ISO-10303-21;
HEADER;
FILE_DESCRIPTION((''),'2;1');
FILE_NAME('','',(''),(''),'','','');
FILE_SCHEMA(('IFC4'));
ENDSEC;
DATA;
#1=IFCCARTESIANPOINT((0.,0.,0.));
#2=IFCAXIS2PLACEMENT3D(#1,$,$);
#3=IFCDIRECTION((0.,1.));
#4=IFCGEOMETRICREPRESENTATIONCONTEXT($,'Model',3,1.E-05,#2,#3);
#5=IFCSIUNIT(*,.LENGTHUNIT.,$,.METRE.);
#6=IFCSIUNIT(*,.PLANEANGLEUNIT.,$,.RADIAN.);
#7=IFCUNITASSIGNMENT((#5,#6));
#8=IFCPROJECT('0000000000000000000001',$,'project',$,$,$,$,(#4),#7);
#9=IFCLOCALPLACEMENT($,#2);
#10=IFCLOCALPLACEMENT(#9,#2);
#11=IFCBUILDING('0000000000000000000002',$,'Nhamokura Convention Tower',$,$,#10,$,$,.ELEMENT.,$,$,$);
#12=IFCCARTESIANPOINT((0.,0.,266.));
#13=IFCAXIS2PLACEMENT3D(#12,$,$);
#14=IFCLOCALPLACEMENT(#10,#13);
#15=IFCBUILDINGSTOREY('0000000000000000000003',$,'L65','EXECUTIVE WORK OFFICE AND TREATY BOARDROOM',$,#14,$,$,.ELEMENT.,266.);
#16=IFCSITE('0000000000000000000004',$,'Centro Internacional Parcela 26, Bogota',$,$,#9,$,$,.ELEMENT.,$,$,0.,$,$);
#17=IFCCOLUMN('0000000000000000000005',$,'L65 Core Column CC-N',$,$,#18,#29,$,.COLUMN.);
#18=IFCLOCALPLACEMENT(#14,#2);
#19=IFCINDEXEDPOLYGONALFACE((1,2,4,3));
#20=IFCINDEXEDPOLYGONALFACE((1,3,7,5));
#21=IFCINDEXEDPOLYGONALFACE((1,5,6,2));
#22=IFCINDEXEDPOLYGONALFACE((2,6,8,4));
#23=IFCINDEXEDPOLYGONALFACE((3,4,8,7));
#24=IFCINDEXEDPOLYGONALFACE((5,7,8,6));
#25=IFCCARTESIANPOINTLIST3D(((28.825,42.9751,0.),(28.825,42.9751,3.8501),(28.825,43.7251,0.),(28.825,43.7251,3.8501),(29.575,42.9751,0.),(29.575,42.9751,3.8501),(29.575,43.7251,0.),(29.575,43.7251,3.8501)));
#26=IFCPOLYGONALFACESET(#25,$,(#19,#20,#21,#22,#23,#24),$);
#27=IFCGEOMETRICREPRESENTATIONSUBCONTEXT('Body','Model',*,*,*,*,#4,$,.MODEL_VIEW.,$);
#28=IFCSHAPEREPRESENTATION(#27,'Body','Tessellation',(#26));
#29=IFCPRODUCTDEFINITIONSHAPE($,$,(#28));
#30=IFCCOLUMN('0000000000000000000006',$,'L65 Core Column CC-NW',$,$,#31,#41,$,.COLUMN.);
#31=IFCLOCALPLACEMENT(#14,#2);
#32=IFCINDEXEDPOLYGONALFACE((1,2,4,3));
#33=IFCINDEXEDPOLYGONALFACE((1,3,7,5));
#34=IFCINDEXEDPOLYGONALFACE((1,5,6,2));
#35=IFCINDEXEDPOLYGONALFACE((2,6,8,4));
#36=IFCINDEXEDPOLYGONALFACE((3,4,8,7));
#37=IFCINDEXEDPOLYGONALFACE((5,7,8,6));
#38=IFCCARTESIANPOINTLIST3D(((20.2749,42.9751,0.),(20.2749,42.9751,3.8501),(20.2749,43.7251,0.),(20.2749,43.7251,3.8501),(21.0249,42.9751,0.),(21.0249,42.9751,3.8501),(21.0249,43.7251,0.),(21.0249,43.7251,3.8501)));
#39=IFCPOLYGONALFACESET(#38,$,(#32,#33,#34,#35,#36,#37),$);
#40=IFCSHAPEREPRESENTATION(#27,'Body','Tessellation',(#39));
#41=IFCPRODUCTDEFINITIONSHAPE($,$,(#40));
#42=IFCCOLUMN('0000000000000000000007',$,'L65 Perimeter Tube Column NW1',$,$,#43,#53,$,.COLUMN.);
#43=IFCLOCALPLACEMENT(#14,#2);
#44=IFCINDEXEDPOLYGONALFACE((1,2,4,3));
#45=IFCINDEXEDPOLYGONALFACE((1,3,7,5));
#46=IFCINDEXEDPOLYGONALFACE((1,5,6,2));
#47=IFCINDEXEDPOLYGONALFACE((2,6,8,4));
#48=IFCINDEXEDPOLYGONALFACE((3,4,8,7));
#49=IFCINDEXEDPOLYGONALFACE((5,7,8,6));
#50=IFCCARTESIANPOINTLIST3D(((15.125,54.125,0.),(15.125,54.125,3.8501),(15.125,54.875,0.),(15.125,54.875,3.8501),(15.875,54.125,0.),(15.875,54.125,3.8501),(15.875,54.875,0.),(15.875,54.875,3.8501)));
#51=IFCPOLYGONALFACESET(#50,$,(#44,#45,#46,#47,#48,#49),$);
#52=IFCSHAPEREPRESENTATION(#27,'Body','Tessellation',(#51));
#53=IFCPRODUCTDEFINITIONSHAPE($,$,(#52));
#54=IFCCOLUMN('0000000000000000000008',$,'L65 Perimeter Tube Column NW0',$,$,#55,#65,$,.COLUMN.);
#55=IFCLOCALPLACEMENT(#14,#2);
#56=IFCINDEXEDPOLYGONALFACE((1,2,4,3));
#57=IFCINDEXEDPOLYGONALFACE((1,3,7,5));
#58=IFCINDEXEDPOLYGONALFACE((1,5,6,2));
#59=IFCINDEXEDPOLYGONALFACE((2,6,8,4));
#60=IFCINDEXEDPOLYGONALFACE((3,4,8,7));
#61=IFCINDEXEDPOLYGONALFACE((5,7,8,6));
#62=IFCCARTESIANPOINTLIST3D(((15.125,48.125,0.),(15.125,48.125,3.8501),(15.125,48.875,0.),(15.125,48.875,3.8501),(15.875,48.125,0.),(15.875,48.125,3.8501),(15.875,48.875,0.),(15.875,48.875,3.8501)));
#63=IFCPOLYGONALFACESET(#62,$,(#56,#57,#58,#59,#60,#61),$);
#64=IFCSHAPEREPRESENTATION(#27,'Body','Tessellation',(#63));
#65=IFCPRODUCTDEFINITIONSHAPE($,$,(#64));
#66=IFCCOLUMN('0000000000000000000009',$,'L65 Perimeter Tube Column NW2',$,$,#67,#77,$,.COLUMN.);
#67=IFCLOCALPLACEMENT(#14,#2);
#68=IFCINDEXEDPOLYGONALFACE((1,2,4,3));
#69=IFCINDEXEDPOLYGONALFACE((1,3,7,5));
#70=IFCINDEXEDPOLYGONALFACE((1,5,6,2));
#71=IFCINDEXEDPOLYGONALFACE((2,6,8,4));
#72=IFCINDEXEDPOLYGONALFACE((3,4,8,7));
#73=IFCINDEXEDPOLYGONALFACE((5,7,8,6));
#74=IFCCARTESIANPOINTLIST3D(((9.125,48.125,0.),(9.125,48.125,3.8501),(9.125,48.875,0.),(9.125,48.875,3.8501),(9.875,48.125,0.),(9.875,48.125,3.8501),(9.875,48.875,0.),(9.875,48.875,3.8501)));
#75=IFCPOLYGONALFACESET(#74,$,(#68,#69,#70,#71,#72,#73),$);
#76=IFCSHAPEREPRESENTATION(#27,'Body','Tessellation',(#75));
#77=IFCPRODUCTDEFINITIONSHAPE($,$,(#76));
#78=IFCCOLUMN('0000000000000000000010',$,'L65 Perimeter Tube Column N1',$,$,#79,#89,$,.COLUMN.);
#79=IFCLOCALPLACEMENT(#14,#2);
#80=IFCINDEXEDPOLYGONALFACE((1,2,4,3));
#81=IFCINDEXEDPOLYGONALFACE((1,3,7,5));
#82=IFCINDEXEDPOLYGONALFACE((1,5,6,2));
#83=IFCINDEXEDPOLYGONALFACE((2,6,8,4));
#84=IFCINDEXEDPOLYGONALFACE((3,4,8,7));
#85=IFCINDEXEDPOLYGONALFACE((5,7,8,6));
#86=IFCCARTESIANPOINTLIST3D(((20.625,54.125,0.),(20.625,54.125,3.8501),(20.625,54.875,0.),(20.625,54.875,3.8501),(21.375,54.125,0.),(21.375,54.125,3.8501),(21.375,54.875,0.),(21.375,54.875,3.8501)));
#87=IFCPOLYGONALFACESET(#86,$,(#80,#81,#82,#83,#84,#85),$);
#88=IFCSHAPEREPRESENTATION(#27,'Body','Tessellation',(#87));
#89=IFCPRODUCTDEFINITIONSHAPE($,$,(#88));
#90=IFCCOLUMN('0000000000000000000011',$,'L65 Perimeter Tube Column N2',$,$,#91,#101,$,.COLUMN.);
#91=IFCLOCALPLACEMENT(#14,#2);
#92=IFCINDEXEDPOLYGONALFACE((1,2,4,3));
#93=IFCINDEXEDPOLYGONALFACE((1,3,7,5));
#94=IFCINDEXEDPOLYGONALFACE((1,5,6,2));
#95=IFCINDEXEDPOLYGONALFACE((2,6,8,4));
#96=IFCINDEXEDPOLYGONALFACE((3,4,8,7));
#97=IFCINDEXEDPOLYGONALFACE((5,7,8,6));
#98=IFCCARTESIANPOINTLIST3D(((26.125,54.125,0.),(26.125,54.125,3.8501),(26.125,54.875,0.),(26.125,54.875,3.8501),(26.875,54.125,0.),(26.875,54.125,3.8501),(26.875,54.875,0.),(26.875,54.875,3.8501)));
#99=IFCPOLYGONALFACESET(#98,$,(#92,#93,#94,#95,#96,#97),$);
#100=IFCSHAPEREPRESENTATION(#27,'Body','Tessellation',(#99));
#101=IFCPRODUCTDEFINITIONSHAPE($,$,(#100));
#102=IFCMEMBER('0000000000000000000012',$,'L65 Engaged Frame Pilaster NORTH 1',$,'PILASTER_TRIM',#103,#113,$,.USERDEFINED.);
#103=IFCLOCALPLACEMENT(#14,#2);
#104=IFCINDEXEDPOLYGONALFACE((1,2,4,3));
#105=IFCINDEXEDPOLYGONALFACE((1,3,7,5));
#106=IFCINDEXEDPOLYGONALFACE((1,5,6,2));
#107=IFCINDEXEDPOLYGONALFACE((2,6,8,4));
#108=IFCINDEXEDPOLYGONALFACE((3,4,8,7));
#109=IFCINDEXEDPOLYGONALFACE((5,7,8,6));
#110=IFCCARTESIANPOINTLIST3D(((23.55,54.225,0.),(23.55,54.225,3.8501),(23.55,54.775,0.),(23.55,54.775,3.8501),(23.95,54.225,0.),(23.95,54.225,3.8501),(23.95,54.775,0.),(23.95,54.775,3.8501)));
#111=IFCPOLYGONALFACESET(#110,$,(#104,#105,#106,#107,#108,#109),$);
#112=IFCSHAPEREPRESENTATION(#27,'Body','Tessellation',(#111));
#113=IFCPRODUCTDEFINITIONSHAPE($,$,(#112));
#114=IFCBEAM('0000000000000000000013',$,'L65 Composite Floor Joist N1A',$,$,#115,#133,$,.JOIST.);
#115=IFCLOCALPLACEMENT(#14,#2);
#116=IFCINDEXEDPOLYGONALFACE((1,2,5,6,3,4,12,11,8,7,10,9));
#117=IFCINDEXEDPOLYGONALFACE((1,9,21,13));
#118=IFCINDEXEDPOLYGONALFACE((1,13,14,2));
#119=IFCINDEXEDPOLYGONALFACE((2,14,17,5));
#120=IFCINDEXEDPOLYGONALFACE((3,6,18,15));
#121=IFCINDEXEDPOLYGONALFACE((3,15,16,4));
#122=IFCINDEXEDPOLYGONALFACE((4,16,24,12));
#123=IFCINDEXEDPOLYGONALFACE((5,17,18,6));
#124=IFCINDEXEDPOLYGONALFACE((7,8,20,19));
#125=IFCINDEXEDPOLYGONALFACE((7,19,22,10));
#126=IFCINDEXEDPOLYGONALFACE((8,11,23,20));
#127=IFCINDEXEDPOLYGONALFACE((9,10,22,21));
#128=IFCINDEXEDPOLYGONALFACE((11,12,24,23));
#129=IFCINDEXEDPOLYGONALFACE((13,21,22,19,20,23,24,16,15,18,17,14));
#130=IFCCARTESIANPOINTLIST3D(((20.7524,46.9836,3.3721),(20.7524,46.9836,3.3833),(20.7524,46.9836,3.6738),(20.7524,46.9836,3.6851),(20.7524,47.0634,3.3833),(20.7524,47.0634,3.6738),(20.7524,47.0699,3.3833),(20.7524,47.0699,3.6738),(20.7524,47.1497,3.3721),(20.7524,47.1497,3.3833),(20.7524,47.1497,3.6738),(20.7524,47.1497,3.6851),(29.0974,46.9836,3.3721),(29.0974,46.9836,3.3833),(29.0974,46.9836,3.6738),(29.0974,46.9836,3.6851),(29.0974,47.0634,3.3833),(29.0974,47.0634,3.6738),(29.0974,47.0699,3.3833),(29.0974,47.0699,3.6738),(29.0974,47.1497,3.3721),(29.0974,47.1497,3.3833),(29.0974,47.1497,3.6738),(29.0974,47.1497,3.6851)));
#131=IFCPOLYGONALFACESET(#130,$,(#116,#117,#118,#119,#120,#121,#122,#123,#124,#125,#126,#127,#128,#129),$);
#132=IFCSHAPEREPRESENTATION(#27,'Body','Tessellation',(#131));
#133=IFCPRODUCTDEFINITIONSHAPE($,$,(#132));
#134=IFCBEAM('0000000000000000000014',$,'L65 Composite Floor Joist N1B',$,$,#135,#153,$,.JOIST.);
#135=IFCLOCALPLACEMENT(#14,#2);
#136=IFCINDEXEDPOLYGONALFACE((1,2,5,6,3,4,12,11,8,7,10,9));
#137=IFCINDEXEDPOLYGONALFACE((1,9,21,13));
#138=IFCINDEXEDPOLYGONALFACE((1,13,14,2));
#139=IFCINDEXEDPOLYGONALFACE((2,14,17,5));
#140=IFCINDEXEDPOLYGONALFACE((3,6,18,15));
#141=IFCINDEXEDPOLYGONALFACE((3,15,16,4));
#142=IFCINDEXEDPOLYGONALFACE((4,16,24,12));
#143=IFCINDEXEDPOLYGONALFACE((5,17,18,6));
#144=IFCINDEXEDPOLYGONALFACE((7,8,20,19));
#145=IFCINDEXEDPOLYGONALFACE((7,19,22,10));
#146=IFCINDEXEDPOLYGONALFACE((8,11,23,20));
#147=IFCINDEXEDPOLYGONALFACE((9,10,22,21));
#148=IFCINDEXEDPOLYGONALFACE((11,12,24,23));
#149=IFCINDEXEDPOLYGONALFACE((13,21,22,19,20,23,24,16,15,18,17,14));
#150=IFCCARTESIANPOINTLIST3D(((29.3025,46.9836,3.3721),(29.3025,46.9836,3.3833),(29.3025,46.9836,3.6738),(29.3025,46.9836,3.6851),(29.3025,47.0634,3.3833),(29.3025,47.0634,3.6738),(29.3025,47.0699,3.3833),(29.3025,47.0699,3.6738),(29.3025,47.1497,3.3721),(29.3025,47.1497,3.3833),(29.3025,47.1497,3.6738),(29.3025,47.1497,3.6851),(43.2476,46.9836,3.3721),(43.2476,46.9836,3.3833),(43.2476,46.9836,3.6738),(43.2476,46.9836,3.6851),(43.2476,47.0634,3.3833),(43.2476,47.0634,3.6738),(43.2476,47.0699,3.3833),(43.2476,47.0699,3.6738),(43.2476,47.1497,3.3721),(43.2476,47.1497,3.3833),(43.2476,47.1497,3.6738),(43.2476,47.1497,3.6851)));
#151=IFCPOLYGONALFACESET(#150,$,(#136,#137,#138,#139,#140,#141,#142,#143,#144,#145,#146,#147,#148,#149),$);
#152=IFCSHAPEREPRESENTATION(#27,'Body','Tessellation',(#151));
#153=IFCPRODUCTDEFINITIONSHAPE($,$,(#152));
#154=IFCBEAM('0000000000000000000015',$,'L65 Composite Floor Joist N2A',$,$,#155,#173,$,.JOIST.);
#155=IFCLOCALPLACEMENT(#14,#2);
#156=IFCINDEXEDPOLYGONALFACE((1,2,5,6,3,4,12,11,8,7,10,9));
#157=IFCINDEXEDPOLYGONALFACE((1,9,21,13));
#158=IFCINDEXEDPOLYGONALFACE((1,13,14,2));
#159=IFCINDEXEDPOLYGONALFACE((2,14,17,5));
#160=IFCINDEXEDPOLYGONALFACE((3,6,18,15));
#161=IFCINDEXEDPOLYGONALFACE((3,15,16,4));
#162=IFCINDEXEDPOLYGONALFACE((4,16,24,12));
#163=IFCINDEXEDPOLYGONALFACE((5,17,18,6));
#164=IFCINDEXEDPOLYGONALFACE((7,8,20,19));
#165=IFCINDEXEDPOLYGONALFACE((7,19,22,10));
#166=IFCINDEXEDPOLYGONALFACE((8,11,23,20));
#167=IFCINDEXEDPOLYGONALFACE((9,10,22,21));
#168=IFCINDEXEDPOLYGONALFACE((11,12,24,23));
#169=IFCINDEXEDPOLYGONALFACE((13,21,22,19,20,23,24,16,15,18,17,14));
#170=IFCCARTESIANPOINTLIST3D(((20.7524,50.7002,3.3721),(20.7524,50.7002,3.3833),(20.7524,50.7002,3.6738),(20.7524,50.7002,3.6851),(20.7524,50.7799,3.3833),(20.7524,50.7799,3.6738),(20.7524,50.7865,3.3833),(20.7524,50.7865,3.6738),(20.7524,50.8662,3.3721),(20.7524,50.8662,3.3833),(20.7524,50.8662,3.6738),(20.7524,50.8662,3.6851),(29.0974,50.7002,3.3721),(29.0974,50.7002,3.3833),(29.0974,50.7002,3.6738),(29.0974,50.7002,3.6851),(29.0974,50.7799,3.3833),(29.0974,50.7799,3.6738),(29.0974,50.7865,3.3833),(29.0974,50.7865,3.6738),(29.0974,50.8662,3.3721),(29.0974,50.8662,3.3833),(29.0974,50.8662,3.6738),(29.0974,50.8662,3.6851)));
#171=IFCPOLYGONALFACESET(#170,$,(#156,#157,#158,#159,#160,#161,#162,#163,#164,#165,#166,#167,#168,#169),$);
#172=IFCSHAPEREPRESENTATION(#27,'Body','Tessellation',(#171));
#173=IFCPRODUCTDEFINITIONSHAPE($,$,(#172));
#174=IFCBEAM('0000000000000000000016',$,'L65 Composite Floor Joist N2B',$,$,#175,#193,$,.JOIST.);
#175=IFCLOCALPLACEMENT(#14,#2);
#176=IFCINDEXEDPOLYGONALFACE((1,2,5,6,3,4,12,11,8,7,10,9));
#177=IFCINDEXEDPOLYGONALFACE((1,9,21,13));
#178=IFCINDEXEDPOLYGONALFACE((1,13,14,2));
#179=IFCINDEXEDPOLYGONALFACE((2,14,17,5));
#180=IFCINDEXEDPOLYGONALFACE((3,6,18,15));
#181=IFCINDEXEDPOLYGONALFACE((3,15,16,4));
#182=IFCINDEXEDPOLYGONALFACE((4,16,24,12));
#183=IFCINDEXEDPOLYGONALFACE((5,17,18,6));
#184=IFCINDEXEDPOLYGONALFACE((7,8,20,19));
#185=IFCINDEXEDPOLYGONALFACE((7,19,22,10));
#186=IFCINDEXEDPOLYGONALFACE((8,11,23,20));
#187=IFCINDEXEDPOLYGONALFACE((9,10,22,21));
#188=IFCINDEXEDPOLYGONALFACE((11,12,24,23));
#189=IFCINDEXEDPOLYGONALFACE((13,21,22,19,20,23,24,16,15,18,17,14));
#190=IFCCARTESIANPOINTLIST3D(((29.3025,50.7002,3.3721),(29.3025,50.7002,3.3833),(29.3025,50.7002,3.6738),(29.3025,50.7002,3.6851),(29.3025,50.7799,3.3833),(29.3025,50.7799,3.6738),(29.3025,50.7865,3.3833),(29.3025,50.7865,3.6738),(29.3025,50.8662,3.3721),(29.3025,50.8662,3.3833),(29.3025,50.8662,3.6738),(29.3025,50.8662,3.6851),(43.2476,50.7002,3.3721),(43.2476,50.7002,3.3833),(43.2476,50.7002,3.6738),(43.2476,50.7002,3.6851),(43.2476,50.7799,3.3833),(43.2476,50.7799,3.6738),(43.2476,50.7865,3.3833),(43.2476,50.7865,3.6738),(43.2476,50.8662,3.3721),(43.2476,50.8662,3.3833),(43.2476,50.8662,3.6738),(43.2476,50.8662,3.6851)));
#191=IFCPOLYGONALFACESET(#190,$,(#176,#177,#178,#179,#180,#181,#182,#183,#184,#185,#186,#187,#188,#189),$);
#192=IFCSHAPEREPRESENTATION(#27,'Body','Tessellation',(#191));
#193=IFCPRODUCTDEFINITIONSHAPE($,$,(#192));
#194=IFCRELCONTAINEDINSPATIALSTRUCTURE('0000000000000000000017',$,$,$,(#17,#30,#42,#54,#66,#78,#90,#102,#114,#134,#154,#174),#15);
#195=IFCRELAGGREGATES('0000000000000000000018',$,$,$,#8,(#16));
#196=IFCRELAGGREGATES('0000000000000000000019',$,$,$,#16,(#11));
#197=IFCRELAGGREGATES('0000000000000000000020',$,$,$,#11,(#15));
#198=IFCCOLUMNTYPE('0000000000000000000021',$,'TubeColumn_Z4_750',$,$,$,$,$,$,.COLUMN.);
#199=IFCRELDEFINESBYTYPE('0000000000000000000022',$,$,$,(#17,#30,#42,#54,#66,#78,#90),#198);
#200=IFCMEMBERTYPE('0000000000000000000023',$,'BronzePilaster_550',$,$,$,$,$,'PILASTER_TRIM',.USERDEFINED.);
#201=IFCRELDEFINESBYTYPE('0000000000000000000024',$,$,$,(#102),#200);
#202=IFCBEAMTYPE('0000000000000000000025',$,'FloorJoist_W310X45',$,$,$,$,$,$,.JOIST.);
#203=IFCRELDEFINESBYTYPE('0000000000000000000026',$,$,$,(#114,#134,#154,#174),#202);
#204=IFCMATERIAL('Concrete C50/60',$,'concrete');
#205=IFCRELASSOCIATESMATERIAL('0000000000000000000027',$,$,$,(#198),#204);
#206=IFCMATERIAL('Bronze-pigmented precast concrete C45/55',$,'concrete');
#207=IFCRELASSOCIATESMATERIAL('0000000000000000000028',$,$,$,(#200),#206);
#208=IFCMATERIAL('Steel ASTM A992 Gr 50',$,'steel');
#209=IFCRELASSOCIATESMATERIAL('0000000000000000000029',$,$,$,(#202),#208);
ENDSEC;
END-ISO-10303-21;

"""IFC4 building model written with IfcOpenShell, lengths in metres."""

from ifc_helpers import new_model, si_unit, direction, frame, origin, origin_2d, place, context, subcontext, project, spatial, rectangle, i_section, extrude, material, material_profile, profile_set, type_object, element, save


model = new_model("IFC4")

# Units and contexts
model_context = context("Model", 3, precision=1e-05, world=origin(), true_north=direction((0.0, 1.0)))
body_context = subcontext(model_context, "Body", "Model", "MODEL_VIEW")
ifc_project = project(units=[si_unit("LENGTHUNIT", "METRE"), si_unit("PLANEANGLEUNIT", "RADIAN")], contexts=[model_context])

# Site, building, storey
site_placement = place(None, origin())
site = spatial("IfcSite", under=ifc_project, at=site_placement, Name="Centro Internacional Parcela 26, Bogota", CompositionType="ELEMENT", RefElevation=0.0)
building_placement = place(site_placement, origin())
building = spatial("IfcBuilding", under=site, at=building_placement, Name="Nhamokura Convention Tower", CompositionType="ELEMENT")
storey_placement = place(building_placement, frame((0.0, 0.0, 266.0)))
storey = spatial("IfcBuildingStorey", under=building, at=storey_placement, Name="L65", Description="EXECUTIVE WORK OFFICE AND TREATY BOARDROOM", CompositionType="ELEMENT", Elevation=266.0)

# Columns
ifc_material_1 = material(Name="Concrete C50/60", Category="concrete")
ifc_material_profile_1 = material_profile(ifc_material_1, rectangle(XDim=0.75, YDim=0.75, at=origin_2d()))
ifc_profile_set_1 = profile_set([ifc_material_profile_1], Name="Concrete C50/60")
column_type = type_object("IfcColumnType", Name="TubeColumn_Z4_750", PredefinedType="COLUMN", material=ifc_profile_set_1)
for number, where, z_axis, x_axis, name in (
    (1, (29.2, 43.3501, 0.0), (0.0, 0.0, 1.0), (1.0, 0.0, 0.0), "L65 Core Column CC-N"),
    (2, (20.6499, 43.3501, 0.0), (0.0, 0.0, 1.0), (1.0, 0.0, 0.0), "L65 Core Column CC-NW"),
    (3, (15.5, 54.5, 0.0), (0.0, 0.0, 1.0), (1.0, 0.0, 0.0), "L65 Perimeter Tube Column NW1"),
    (4, (15.5, 48.5, 0.0), (0.0, 0.0, 1.0), (1.0, 0.0, 0.0), "L65 Perimeter Tube Column NW0"),
    (5, (9.5, 48.5, 0.0), (0.0, 0.0, 1.0), (1.0, 0.0, 0.0), "L65 Perimeter Tube Column NW2"),
    (6, (21.0, 54.5, 0.0), (0.0, 0.0, 1.0), (1.0, 0.0, 0.0), "L65 Perimeter Tube Column N1"),
    (7, (26.5, 54.5, 0.0), (0.0, 0.0, 1.0), (1.0, 0.0, 0.0), "L65 Perimeter Tube Column N2"),
):
    element("IfcColumn", number, at=place(storey_placement, frame(where, z_axis=z_axis, x_axis=x_axis)), inside=storey, type_object=column_type, Name=name, PredefinedType="COLUMN", context=body_context, shape_type="SweptSolid", body=[
        extrude(rectangle(XDim=0.75, YDim=0.75, at=origin_2d()), origin(), (0.0, 0.0, 1.0), 3.8501),
    ])

# Member
ifc_material_2 = material(Name="Bronze-pigmented precast concrete C45/55", Category="concrete")
ifc_material_profile_2 = material_profile(ifc_material_2, rectangle(XDim=0.3999, YDim=0.55, at=origin_2d()))
ifc_profile_set_2 = profile_set([ifc_material_profile_2], Name="Bronze-pigmented precast concrete C45/55")
member_type_1 = type_object("IfcMemberType", Name="BronzePilaster_550", ElementType="PILASTER_TRIM", PredefinedType="USERDEFINED", material=ifc_profile_set_2)
member_placement = place(storey_placement, frame((23.75, 54.5, 0.0), z_axis=(0.0, 0.0, 1.0), x_axis=(1.0, 0.0, 0.0)))
element("IfcMember", 8, at=member_placement, inside=storey, type_object=member_type_1, Name="L65 Engaged Frame Pilaster NORTH 1", ObjectType="PILASTER_TRIM", PredefinedType="USERDEFINED", context=body_context, shape_type="SweptSolid", body=[
    extrude(rectangle(XDim=0.3999, YDim=0.55, at=origin_2d()), origin(), (0.0, 0.0, 1.0), 3.8501),
])

# Beams
ifc_material_3 = material(Name="Steel ASTM A992 Gr 50", Category="steel")
ifc_material_profile_3 = material_profile(ifc_material_3, i_section(OverallWidth=0.166, OverallDepth=0.313, WebThickness=0.0066, FlangeThickness=0.0112, at=origin_2d()))
ifc_profile_set_3 = profile_set([ifc_material_profile_3], Name="Steel ASTM A992 Gr 50")
beam_type_1 = type_object("IfcBeamType", Name="FloorJoist_W310X45", PredefinedType="JOIST", material=ifc_profile_set_3)
beam_1_placement = place(storey_placement, frame((20.7524, 47.0667, 3.5286), z_axis=(1.0, 0.0, 0.0), x_axis=(0.0, 1.0, 0.0)))
element("IfcBeam", 9, at=beam_1_placement, inside=storey, type_object=beam_type_1, Name="L65 Composite Floor Joist N1A", PredefinedType="JOIST", context=body_context, shape_type="SweptSolid", body=[
    extrude(i_section(OverallWidth=0.166, OverallDepth=0.313, WebThickness=0.0066, FlangeThickness=0.0112, at=origin_2d()), origin(), (0.0, 0.0, 1.0), 8.345),
])
beam_2_placement = place(storey_placement, frame((29.3025, 47.0667, 3.5286), z_axis=(1.0, 0.0, 0.0), x_axis=(0.0, 1.0, 0.0)))
element("IfcBeam", 10, at=beam_2_placement, inside=storey, type_object=beam_type_1, Name="L65 Composite Floor Joist N1B", PredefinedType="JOIST", context=body_context, shape_type="SweptSolid", body=[
    extrude(i_section(OverallWidth=0.166, OverallDepth=0.313, WebThickness=0.0066, FlangeThickness=0.0112, at=origin_2d()), origin(), (0.0, 0.0, 1.0), 13.9451),
])
beam_3_placement = place(storey_placement, frame((20.7524, 50.7832, 3.5286), z_axis=(1.0, 0.0, 0.0), x_axis=(0.0, 1.0, 0.0)))
element("IfcBeam", 11, at=beam_3_placement, inside=storey, type_object=beam_type_1, Name="L65 Composite Floor Joist N2A", PredefinedType="JOIST", context=body_context, shape_type="SweptSolid", body=[
    extrude(i_section(OverallWidth=0.166, OverallDepth=0.313, WebThickness=0.0066, FlangeThickness=0.0112, at=origin_2d()), origin(), (0.0, 0.0, 1.0), 8.345),
])
beam_4_placement = place(storey_placement, frame((29.3025, 50.7832, 3.5286), z_axis=(1.0, 0.0, 0.0), x_axis=(0.0, 1.0, 0.0)))
element("IfcBeam", 12, at=beam_4_placement, inside=storey, type_object=beam_type_1, Name="L65 Composite Floor Joist N2B", PredefinedType="JOIST", context=body_context, shape_type="SweptSolid", body=[
    extrude(i_section(OverallWidth=0.166, OverallDepth=0.313, WebThickness=0.0066, FlangeThickness=0.0112, at=origin_2d()), origin(), (0.0, 0.0, 1.0), 13.9451),
])

save(model, "model.ifc")
